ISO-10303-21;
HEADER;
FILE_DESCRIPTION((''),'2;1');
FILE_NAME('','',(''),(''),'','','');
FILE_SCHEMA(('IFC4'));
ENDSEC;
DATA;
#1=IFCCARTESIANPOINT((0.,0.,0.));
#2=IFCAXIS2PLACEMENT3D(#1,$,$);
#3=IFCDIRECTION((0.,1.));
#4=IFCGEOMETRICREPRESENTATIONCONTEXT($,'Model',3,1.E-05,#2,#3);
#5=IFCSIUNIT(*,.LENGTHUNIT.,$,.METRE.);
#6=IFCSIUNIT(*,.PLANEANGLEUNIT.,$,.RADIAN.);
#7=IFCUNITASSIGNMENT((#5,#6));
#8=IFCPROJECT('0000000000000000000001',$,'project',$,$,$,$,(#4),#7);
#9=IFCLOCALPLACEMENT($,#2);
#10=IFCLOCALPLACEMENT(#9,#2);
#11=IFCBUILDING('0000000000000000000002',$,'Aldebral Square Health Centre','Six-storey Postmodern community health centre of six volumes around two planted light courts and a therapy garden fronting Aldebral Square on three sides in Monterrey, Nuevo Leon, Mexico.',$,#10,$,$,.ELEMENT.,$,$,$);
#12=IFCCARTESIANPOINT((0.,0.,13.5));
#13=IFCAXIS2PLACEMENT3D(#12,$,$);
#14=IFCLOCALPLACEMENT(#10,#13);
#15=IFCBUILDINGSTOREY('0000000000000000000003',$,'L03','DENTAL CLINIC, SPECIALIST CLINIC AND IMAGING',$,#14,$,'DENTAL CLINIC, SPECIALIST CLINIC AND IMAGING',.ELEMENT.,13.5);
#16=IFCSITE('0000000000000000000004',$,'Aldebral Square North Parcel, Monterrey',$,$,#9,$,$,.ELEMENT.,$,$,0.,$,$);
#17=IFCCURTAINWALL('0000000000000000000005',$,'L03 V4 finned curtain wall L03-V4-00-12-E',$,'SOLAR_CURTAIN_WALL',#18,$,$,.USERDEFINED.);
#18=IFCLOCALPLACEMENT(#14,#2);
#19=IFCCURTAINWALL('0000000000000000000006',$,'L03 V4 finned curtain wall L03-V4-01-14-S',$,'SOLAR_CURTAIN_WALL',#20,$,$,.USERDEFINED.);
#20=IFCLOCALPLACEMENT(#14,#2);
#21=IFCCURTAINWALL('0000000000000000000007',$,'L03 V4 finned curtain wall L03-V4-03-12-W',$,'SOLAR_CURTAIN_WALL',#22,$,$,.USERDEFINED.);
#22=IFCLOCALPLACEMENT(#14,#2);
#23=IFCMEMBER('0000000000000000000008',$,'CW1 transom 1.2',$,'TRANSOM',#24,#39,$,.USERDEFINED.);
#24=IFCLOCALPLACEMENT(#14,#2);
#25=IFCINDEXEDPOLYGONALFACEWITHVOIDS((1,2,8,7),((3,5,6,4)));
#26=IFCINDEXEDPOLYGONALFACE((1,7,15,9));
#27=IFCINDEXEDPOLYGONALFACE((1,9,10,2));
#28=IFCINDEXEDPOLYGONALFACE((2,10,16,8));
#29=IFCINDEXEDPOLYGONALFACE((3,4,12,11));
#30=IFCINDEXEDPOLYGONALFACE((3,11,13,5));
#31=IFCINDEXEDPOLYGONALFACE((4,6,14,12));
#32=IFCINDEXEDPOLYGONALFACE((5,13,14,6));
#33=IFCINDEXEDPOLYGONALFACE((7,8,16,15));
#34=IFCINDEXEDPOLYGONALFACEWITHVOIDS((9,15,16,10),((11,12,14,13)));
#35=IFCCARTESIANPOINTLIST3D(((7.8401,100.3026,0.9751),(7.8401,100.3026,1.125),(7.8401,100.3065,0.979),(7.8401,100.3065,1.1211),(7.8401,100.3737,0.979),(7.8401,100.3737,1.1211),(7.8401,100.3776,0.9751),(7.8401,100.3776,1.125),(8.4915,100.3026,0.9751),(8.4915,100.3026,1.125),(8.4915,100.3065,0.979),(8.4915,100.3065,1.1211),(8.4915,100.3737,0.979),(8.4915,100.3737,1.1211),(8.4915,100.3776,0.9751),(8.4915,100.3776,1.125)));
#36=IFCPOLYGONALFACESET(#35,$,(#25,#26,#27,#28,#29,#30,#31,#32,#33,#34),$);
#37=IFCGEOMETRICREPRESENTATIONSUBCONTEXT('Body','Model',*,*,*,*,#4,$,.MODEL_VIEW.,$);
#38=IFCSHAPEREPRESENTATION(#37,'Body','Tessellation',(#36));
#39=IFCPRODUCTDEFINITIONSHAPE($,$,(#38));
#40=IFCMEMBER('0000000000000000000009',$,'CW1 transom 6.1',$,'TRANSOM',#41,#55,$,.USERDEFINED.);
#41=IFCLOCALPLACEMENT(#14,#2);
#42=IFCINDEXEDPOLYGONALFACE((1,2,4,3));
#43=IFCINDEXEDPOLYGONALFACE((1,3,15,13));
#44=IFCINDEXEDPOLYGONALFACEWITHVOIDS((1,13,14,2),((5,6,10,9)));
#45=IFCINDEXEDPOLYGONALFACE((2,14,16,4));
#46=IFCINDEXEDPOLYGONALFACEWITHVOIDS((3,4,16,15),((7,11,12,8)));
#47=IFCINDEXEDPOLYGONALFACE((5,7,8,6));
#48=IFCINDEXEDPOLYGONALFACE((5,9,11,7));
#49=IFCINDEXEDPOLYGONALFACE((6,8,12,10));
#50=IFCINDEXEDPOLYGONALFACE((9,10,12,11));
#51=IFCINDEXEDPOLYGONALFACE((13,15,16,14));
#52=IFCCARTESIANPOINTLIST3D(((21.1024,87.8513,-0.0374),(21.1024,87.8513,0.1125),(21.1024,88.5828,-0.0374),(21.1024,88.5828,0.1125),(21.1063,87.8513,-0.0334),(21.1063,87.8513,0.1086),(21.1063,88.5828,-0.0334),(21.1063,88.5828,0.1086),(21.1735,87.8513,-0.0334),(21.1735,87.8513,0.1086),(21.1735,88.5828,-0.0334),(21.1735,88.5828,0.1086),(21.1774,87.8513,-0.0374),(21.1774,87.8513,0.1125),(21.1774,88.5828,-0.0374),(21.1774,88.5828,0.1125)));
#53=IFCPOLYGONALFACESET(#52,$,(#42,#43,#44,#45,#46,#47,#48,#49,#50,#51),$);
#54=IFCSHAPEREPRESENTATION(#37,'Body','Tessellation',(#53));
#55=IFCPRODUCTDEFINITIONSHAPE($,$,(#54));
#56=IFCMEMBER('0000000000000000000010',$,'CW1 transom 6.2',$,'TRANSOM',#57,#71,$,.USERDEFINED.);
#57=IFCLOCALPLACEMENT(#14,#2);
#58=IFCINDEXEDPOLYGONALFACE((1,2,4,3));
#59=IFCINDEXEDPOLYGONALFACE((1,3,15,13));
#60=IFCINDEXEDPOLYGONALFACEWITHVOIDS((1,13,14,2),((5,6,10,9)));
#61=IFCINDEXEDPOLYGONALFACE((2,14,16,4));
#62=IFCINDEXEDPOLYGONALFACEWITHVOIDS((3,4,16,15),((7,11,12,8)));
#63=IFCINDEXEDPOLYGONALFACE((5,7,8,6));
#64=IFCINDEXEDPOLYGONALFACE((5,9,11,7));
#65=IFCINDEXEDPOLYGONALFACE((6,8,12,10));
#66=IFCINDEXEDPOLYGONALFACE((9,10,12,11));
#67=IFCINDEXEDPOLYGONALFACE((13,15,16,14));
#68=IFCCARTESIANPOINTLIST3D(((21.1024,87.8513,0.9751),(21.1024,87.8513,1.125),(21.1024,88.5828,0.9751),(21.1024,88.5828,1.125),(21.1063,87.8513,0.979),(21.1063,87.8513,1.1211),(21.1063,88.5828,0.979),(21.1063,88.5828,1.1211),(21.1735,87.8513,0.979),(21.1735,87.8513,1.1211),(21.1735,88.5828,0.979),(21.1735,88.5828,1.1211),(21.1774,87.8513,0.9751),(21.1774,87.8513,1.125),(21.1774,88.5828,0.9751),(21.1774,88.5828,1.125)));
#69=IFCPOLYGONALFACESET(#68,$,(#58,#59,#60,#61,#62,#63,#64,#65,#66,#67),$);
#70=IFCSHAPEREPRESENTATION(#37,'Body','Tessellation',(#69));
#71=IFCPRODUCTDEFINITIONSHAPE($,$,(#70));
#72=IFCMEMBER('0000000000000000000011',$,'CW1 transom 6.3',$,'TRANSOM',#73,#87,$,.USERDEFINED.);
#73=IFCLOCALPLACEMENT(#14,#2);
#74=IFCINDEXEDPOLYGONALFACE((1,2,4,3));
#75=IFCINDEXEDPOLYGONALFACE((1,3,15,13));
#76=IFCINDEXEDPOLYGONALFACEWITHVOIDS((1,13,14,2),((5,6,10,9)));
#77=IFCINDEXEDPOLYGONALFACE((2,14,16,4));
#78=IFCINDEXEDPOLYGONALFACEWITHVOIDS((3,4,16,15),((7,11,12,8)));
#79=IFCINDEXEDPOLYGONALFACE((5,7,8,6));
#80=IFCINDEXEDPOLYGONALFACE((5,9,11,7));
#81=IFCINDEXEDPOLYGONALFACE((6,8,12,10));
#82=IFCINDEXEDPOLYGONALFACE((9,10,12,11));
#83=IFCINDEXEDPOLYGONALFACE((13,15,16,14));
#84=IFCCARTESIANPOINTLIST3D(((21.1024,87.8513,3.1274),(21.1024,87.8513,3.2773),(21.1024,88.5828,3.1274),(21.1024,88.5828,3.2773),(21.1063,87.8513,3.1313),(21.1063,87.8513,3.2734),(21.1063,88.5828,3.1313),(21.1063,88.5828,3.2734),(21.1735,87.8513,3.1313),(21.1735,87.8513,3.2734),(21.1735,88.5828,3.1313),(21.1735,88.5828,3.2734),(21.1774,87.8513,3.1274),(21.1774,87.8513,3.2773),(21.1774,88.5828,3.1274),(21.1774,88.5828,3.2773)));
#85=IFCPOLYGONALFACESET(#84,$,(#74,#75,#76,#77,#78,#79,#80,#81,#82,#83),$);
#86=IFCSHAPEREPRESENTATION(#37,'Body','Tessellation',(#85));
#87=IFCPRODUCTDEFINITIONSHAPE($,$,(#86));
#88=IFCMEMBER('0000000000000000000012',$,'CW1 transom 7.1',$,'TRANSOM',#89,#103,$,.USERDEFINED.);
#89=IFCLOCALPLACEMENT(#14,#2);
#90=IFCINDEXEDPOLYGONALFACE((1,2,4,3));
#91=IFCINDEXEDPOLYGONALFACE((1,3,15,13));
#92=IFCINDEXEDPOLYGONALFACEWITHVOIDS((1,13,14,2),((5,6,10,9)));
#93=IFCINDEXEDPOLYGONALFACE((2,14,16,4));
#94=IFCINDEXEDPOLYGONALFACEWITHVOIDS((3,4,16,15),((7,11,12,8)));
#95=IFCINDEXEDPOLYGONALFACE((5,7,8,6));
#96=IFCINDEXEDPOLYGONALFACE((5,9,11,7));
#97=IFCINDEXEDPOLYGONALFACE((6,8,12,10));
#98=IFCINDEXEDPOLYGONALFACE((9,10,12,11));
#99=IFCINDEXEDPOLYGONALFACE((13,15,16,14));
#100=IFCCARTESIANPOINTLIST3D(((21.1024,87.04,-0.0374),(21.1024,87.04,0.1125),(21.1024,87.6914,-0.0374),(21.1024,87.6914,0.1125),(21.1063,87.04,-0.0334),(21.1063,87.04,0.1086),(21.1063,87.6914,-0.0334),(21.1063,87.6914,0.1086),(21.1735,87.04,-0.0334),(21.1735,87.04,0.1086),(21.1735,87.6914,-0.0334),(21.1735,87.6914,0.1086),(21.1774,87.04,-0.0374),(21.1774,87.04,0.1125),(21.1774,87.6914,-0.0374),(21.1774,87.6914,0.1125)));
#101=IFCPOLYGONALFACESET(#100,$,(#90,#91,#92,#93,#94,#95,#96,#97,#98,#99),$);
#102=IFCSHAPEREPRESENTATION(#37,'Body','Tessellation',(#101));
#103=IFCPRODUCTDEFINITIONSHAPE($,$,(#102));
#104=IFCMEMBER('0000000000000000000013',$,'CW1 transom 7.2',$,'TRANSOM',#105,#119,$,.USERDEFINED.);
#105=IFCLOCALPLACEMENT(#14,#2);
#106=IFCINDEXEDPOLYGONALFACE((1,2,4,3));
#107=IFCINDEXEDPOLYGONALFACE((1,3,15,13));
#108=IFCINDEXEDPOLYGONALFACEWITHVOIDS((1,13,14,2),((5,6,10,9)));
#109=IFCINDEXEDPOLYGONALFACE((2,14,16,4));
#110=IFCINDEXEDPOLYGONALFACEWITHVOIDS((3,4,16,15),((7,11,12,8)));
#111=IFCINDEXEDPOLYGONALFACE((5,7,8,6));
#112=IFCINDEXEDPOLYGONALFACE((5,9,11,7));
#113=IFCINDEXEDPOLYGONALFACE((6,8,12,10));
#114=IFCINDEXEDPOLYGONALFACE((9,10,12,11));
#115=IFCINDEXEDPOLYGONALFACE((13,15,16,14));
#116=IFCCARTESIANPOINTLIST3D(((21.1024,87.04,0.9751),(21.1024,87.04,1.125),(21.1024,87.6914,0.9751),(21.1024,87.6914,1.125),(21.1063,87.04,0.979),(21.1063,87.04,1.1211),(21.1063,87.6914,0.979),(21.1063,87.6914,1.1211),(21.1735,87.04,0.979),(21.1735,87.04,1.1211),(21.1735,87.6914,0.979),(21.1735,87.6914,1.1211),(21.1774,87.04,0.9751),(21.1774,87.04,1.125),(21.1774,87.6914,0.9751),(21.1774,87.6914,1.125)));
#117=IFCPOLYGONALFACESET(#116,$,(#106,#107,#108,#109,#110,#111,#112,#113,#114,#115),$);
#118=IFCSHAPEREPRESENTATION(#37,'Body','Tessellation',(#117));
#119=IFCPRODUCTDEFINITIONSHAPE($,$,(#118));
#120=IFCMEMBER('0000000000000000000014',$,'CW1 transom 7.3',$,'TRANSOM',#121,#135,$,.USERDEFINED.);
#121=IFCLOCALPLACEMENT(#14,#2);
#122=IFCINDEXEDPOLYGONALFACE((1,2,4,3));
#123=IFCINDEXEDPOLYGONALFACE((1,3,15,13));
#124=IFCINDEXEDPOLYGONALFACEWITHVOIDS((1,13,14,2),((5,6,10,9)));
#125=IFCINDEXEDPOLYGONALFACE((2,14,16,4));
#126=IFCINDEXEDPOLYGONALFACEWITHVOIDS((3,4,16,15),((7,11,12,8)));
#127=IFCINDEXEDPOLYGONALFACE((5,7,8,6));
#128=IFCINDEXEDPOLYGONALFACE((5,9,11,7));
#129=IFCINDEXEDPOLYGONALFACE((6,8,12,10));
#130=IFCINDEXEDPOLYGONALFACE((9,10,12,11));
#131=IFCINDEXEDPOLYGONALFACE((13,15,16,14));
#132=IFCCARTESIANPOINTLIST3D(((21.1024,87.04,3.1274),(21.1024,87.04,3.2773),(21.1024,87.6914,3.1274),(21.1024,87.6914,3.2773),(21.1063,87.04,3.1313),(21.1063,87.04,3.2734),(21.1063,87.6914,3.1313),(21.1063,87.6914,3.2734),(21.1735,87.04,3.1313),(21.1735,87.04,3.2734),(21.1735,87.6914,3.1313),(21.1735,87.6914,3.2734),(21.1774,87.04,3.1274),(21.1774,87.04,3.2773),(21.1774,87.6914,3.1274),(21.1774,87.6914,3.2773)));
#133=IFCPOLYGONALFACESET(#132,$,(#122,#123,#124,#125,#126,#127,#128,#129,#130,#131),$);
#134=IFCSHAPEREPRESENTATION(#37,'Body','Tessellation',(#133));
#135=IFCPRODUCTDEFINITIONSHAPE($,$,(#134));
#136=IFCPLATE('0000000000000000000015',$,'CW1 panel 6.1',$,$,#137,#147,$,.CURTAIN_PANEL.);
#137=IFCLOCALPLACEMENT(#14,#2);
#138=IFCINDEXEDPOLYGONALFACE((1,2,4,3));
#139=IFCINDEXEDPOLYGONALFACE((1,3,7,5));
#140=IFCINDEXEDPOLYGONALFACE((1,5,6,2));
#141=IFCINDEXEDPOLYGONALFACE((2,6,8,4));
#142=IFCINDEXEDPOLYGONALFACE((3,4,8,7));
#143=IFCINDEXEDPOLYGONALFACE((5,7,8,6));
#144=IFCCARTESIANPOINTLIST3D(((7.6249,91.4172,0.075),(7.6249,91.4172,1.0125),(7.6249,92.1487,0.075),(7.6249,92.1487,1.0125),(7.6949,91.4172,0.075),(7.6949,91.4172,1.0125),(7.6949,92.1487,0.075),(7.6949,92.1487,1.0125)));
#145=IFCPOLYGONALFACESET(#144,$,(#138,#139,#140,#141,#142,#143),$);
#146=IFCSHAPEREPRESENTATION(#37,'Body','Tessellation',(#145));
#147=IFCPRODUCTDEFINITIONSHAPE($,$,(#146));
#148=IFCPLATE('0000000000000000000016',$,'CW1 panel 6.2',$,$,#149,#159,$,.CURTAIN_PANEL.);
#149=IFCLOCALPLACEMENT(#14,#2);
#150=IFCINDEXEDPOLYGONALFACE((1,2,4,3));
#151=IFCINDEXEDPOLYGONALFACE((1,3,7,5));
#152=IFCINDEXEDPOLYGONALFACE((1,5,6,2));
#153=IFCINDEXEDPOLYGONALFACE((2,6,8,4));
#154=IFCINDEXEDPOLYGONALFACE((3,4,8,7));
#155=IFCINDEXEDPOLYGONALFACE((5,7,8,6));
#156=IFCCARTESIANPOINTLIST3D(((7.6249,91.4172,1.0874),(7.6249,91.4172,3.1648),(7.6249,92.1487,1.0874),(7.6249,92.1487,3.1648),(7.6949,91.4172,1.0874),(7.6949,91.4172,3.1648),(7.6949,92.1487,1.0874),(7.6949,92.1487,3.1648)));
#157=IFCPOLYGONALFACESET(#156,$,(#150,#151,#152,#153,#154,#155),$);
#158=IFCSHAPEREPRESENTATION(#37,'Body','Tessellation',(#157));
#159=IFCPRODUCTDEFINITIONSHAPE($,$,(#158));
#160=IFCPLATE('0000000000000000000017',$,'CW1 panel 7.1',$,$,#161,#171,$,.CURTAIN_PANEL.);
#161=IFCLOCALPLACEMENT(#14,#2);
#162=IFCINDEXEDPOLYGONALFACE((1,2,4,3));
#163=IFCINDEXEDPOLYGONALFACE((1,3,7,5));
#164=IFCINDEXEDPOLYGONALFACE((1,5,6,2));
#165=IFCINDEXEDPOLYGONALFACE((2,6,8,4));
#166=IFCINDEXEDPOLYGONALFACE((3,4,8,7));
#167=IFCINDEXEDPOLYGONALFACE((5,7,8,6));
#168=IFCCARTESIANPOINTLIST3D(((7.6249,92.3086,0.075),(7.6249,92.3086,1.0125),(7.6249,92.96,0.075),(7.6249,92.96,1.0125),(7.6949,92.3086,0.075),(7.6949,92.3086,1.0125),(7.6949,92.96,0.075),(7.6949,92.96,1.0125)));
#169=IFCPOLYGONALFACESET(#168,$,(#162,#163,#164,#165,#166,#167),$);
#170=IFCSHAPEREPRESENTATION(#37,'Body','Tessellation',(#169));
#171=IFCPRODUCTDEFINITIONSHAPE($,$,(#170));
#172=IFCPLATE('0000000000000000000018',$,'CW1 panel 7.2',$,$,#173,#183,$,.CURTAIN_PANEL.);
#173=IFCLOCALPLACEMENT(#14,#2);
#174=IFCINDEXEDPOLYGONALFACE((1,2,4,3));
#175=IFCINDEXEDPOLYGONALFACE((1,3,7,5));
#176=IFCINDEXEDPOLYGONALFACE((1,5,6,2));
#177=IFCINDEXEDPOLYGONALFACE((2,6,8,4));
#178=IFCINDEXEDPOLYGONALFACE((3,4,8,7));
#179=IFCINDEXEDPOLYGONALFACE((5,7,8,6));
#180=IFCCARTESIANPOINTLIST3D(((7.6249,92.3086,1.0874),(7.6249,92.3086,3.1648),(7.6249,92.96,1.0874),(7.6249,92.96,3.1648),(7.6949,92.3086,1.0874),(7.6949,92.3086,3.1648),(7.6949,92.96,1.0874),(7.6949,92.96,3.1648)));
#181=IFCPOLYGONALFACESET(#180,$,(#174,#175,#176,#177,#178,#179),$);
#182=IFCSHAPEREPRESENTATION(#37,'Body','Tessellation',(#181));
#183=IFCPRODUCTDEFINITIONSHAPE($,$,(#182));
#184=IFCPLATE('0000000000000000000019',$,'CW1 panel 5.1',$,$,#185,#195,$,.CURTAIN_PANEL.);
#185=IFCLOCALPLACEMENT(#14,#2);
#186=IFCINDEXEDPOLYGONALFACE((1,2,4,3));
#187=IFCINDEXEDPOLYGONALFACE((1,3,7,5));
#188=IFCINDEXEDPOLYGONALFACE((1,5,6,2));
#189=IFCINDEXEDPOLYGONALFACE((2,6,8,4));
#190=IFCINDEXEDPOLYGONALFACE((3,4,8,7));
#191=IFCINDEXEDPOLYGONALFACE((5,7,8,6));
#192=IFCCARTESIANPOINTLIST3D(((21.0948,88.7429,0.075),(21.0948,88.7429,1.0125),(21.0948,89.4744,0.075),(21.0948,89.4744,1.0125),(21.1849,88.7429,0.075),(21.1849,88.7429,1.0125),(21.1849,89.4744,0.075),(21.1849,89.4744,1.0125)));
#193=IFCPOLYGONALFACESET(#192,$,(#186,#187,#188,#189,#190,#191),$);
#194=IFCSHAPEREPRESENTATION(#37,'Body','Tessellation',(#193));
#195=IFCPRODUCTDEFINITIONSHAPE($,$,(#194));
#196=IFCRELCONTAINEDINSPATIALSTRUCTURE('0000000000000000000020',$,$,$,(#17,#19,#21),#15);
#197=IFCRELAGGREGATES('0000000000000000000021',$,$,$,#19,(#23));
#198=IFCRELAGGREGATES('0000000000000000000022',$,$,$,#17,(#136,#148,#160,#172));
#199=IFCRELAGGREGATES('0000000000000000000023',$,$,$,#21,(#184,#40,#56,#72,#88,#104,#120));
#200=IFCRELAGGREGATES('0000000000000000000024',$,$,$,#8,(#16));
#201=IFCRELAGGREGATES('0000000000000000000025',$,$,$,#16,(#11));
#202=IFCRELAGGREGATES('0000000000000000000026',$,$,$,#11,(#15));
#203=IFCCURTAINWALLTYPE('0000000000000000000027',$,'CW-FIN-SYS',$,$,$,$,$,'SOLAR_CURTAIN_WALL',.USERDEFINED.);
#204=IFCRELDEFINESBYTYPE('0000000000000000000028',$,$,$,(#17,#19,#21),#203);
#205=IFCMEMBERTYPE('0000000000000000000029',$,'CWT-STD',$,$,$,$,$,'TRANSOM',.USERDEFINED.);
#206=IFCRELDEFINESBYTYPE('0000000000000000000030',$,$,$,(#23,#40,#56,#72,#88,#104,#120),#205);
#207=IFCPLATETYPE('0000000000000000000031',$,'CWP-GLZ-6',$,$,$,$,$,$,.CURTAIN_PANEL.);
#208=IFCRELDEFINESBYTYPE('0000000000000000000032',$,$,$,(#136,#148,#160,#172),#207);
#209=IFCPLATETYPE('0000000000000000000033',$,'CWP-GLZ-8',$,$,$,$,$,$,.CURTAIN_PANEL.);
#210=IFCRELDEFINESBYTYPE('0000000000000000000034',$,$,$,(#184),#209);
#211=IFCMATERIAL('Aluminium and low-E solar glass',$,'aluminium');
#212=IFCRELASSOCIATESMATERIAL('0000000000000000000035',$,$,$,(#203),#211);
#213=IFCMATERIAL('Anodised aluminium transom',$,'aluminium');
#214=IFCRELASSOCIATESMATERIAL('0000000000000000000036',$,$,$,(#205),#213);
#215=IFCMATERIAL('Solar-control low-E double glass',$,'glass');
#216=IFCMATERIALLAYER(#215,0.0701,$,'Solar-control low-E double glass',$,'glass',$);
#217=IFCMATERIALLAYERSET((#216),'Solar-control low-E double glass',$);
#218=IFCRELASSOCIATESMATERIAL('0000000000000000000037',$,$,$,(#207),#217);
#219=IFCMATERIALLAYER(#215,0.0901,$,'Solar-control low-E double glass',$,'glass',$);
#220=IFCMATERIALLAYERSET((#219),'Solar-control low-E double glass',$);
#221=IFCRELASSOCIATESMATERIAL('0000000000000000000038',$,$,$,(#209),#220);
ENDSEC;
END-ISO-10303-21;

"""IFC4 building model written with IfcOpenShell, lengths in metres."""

from ifc_helpers import new_model, si_unit, direction, frame, origin, origin_2d, place, context, subcontext, project, spatial, rectangle, hollow_rectangle, extrude, material, layer, layer_set, material_profile, profile_set, type_object, element, aggregate, save


model = new_model("IFC4")

# Units and contexts
model_context = context("Model", 3, precision=1e-05, world=origin(), true_north=direction((0.0, 1.0)))
body_context = subcontext(model_context, "Body", "Model", "MODEL_VIEW")
ifc_project = project(units=[si_unit("LENGTHUNIT", "METRE"), si_unit("PLANEANGLEUNIT", "RADIAN")], contexts=[model_context])

# Site, building, storey
site_placement = place(None, origin())
site = spatial("IfcSite", under=ifc_project, at=site_placement, Name="Aldebral Square North Parcel, Monterrey", CompositionType="ELEMENT", RefElevation=0.0)
building_placement = place(site_placement, origin())
building = spatial("IfcBuilding", under=site, at=building_placement, Name="Aldebral Square Health Centre", Description="Six-storey Postmodern community health centre of six volumes around two planted light courts and a therapy garden fronting Aldebral Square on three sides in Monterrey, Nuevo Leon, Mexico.", CompositionType="ELEMENT")
storey_placement = place(building_placement, frame((0.0, 0.0, 13.5)))
storey = spatial("IfcBuildingStorey", under=building, at=storey_placement, Name="L03", Description="DENTAL CLINIC, SPECIALIST CLINIC AND IMAGING", LongName="DENTAL CLINIC, SPECIALIST CLINIC AND IMAGING", CompositionType="ELEMENT", Elevation=13.5)

# Curtain wall
ifc_material_1 = material(Name="Aluminium and low-E solar glass", Category="aluminium")
curtain_wall_type = type_object("IfcCurtainWallType", Name="CW-FIN-SYS", ElementType="SOLAR_CURTAIN_WALL", PredefinedType="USERDEFINED", material=ifc_material_1)
curtain_wall_1_placement = place(storey_placement, origin())
curtain_wall_1 = element("IfcCurtainWall", 1, at=curtain_wall_1_placement, inside=storey, type_object=curtain_wall_type, Name="L03 V4 finned curtain wall L03-V4-00-12-E", ObjectType="SOLAR_CURTAIN_WALL", PredefinedType="USERDEFINED")

# Curtain wall
curtain_wall_2_placement = place(storey_placement, origin())
curtain_wall_2 = element("IfcCurtainWall", 2, at=curtain_wall_2_placement, inside=storey, type_object=curtain_wall_type, Name="L03 V4 finned curtain wall L03-V4-01-14-S", ObjectType="SOLAR_CURTAIN_WALL", PredefinedType="USERDEFINED")

# Curtain wall
curtain_wall_3_placement = place(storey_placement, origin())
curtain_wall_3 = element("IfcCurtainWall", 3, at=curtain_wall_3_placement, inside=storey, type_object=curtain_wall_type, Name="L03 V4 finned curtain wall L03-V4-03-12-W", ObjectType="SOLAR_CURTAIN_WALL", PredefinedType="USERDEFINED")

# Members
ifc_material_2 = material(Name="Anodised aluminium transom", Category="aluminium")
ifc_material_profile_1 = material_profile(ifc_material_2, hollow_rectangle(XDim=0.075, YDim=0.1499, WallThickness=0.0039, at=origin_2d()), Name="CWT 75x150x4")
ifc_profile_set_1 = profile_set([ifc_material_profile_1], Name="Anodised aluminium transom")
member_type_1 = type_object("IfcMemberType", Name="CWT-STD", ElementType="TRANSOM", PredefinedType="USERDEFINED", material=ifc_profile_set_1)
member_1_placement = place(storey_placement, frame((7.8401, 100.3401, 1.05), z_axis=(1.0, 0.0, 0.0), x_axis=(0.0, 1.0, 0.0)))
member_1 = element("IfcMember", 4, at=member_1_placement, type_object=member_type_1, Name="CW1 transom 1.2", ObjectType="TRANSOM", PredefinedType="USERDEFINED", context=body_context, shape_type="SweptSolid", body=[
    extrude(hollow_rectangle(XDim=0.075, YDim=0.1499, WallThickness=0.0039, at=origin_2d()), origin(), (0.0, 0.0, 1.0), 0.6514),
])
aggregate(curtain_wall_2, [member_1])
member_2_placement = place(storey_placement, frame((21.1399, 88.5828, 0.0376), z_axis=(0.0, -1.0, 0.0), x_axis=(1.0, 0.0, 0.0)))
member_2 = element("IfcMember", 5, at=member_2_placement, type_object=member_type_1, Name="CW1 transom 6.1", ObjectType="TRANSOM", PredefinedType="USERDEFINED", context=body_context, shape_type="SweptSolid", body=[
    extrude(hollow_rectangle(XDim=0.075, YDim=0.1499, WallThickness=0.0039, at=origin_2d()), origin(), (0.0, 0.0, 1.0), 0.7314),
])
member_3_placement = place(storey_placement, frame((21.1399, 88.5828, 1.05), z_axis=(0.0, -1.0, 0.0), x_axis=(1.0, 0.0, 0.0)))
member_3 = element("IfcMember", 6, at=member_3_placement, type_object=member_type_1, Name="CW1 transom 6.2", ObjectType="TRANSOM", PredefinedType="USERDEFINED", context=body_context, shape_type="SweptSolid", body=[
    extrude(hollow_rectangle(XDim=0.075, YDim=0.1499, WallThickness=0.0039, at=origin_2d()), origin(), (0.0, 0.0, 1.0), 0.7314),
])
member_4_placement = place(storey_placement, frame((21.1399, 88.5828, 3.2024), z_axis=(0.0, -1.0, 0.0), x_axis=(1.0, 0.0, 0.0)))
member_4 = element("IfcMember", 7, at=member_4_placement, type_object=member_type_1, Name="CW1 transom 6.3", ObjectType="TRANSOM", PredefinedType="USERDEFINED", context=body_context, shape_type="SweptSolid", body=[
    extrude(hollow_rectangle(XDim=0.075, YDim=0.1499, WallThickness=0.0039, at=origin_2d()), origin(), (0.0, 0.0, 1.0), 0.7314),
])
member_5_placement = place(storey_placement, frame((21.1399, 87.6914, 0.0376), z_axis=(0.0, -1.0, 0.0), x_axis=(1.0, 0.0, 0.0)))
member_5 = element("IfcMember", 8, at=member_5_placement, type_object=member_type_1, Name="CW1 transom 7.1", ObjectType="TRANSOM", PredefinedType="USERDEFINED", context=body_context, shape_type="SweptSolid", body=[
    extrude(hollow_rectangle(XDim=0.075, YDim=0.1499, WallThickness=0.0039, at=origin_2d()), origin(), (0.0, 0.0, 1.0), 0.6514),
])
member_6_placement = place(storey_placement, frame((21.1399, 87.6914, 1.05), z_axis=(0.0, -1.0, 0.0), x_axis=(1.0, 0.0, 0.0)))
member_6 = element("IfcMember", 9, at=member_6_placement, type_object=member_type_1, Name="CW1 transom 7.2", ObjectType="TRANSOM", PredefinedType="USERDEFINED", context=body_context, shape_type="SweptSolid", body=[
    extrude(hollow_rectangle(XDim=0.075, YDim=0.1499, WallThickness=0.0039, at=origin_2d()), origin(), (0.0, 0.0, 1.0), 0.6514),
])
member_7_placement = place(storey_placement, frame((21.1399, 87.6914, 3.2024), z_axis=(0.0, -1.0, 0.0), x_axis=(1.0, 0.0, 0.0)))
member_7 = element("IfcMember", 10, at=member_7_placement, type_object=member_type_1, Name="CW1 transom 7.3", ObjectType="TRANSOM", PredefinedType="USERDEFINED", context=body_context, shape_type="SweptSolid", body=[
    extrude(hollow_rectangle(XDim=0.075, YDim=0.1499, WallThickness=0.0039, at=origin_2d()), origin(), (0.0, 0.0, 1.0), 0.6514),
])

# Plates
ifc_material_3 = material(Name="Solar-control low-E double glass", Category="glass")
ifc_layer_1 = layer(ifc_material_3, 0.0701, Name="Solar-control low-E double glass", Category="glass")
ifc_layer_set_1 = layer_set([ifc_layer_1], Name="Solar-control low-E double glass")
plate_type_1 = type_object("IfcPlateType", Name="CWP-GLZ-6", PredefinedType="CURTAIN_PANEL", material=ifc_layer_set_1)
plate_1_placement = place(storey_placement, frame((7.6599, 91.783, 0.075), z_axis=(0.0, 0.0, 1.0), x_axis=(0.0, 1.0, 0.0)))
plate_1 = element("IfcPlate", 11, at=plate_1_placement, type_object=plate_type_1, Name="CW1 panel 6.1", PredefinedType="CURTAIN_PANEL", context=body_context, shape_type="SweptSolid", body=[
    extrude(rectangle(XDim=0.7314, YDim=0.0701, at=origin_2d()), origin(), (0.0, 0.0, 1.0), 0.9375),
])
plate_2_placement = place(storey_placement, frame((7.6599, 91.783, 1.0874), z_axis=(0.0, 0.0, 1.0), x_axis=(0.0, 1.0, 0.0)))
plate_2 = element("IfcPlate", 12, at=plate_2_placement, type_object=plate_type_1, Name="CW1 panel 6.2", PredefinedType="CURTAIN_PANEL", context=body_context, shape_type="SweptSolid", body=[
    extrude(rectangle(XDim=0.7314, YDim=0.0701, at=origin_2d()), origin(), (0.0, 0.0, 1.0), 2.0774),
])
plate_3_placement = place(storey_placement, frame((7.6599, 92.6343, 0.075), z_axis=(0.0, 0.0, 1.0), x_axis=(0.0, 1.0, 0.0)))
plate_3 = element("IfcPlate", 13, at=plate_3_placement, type_object=plate_type_1, Name="CW1 panel 7.1", PredefinedType="CURTAIN_PANEL", context=body_context, shape_type="SweptSolid", body=[
    extrude(rectangle(XDim=0.6514, YDim=0.0701, at=origin_2d()), origin(), (0.0, 0.0, 1.0), 0.9375),
])
plate_4_placement = place(storey_placement, frame((7.6599, 92.6343, 1.0874), z_axis=(0.0, 0.0, 1.0), x_axis=(0.0, 1.0, 0.0)))
plate_4 = element("IfcPlate", 14, at=plate_4_placement, type_object=plate_type_1, Name="CW1 panel 7.2", PredefinedType="CURTAIN_PANEL", context=body_context, shape_type="SweptSolid", body=[
    extrude(rectangle(XDim=0.6514, YDim=0.0701, at=origin_2d()), origin(), (0.0, 0.0, 1.0), 2.0774),
])
aggregate(curtain_wall_1, [plate_1, plate_2, plate_3, plate_4])
ifc_layer_2 = layer(ifc_material_3, 0.0901, Name="Solar-control low-E double glass", Category="glass")
ifc_layer_set_2 = layer_set([ifc_layer_2], Name="Solar-control low-E double glass")
plate_type_2 = type_object("IfcPlateType", Name="CWP-GLZ-8", PredefinedType="CURTAIN_PANEL", material=ifc_layer_set_2)
plate_5_placement = place(storey_placement, frame((21.1399, 89.1086, 0.075), z_axis=(0.0, 0.0, 1.0), x_axis=(0.0, -1.0, 0.0)))
plate_5 = element("IfcPlate", 15, at=plate_5_placement, type_object=plate_type_2, Name="CW1 panel 5.1", PredefinedType="CURTAIN_PANEL", context=body_context, shape_type="SweptSolid", body=[
    extrude(rectangle(XDim=0.7314, YDim=0.0901, at=origin_2d()), origin(), (0.0, 0.0, 1.0), 0.9375),
])
aggregate(curtain_wall_3, [plate_5, member_2, member_3, member_4, member_5, member_6, member_7])

save(model, "model.ifc")
